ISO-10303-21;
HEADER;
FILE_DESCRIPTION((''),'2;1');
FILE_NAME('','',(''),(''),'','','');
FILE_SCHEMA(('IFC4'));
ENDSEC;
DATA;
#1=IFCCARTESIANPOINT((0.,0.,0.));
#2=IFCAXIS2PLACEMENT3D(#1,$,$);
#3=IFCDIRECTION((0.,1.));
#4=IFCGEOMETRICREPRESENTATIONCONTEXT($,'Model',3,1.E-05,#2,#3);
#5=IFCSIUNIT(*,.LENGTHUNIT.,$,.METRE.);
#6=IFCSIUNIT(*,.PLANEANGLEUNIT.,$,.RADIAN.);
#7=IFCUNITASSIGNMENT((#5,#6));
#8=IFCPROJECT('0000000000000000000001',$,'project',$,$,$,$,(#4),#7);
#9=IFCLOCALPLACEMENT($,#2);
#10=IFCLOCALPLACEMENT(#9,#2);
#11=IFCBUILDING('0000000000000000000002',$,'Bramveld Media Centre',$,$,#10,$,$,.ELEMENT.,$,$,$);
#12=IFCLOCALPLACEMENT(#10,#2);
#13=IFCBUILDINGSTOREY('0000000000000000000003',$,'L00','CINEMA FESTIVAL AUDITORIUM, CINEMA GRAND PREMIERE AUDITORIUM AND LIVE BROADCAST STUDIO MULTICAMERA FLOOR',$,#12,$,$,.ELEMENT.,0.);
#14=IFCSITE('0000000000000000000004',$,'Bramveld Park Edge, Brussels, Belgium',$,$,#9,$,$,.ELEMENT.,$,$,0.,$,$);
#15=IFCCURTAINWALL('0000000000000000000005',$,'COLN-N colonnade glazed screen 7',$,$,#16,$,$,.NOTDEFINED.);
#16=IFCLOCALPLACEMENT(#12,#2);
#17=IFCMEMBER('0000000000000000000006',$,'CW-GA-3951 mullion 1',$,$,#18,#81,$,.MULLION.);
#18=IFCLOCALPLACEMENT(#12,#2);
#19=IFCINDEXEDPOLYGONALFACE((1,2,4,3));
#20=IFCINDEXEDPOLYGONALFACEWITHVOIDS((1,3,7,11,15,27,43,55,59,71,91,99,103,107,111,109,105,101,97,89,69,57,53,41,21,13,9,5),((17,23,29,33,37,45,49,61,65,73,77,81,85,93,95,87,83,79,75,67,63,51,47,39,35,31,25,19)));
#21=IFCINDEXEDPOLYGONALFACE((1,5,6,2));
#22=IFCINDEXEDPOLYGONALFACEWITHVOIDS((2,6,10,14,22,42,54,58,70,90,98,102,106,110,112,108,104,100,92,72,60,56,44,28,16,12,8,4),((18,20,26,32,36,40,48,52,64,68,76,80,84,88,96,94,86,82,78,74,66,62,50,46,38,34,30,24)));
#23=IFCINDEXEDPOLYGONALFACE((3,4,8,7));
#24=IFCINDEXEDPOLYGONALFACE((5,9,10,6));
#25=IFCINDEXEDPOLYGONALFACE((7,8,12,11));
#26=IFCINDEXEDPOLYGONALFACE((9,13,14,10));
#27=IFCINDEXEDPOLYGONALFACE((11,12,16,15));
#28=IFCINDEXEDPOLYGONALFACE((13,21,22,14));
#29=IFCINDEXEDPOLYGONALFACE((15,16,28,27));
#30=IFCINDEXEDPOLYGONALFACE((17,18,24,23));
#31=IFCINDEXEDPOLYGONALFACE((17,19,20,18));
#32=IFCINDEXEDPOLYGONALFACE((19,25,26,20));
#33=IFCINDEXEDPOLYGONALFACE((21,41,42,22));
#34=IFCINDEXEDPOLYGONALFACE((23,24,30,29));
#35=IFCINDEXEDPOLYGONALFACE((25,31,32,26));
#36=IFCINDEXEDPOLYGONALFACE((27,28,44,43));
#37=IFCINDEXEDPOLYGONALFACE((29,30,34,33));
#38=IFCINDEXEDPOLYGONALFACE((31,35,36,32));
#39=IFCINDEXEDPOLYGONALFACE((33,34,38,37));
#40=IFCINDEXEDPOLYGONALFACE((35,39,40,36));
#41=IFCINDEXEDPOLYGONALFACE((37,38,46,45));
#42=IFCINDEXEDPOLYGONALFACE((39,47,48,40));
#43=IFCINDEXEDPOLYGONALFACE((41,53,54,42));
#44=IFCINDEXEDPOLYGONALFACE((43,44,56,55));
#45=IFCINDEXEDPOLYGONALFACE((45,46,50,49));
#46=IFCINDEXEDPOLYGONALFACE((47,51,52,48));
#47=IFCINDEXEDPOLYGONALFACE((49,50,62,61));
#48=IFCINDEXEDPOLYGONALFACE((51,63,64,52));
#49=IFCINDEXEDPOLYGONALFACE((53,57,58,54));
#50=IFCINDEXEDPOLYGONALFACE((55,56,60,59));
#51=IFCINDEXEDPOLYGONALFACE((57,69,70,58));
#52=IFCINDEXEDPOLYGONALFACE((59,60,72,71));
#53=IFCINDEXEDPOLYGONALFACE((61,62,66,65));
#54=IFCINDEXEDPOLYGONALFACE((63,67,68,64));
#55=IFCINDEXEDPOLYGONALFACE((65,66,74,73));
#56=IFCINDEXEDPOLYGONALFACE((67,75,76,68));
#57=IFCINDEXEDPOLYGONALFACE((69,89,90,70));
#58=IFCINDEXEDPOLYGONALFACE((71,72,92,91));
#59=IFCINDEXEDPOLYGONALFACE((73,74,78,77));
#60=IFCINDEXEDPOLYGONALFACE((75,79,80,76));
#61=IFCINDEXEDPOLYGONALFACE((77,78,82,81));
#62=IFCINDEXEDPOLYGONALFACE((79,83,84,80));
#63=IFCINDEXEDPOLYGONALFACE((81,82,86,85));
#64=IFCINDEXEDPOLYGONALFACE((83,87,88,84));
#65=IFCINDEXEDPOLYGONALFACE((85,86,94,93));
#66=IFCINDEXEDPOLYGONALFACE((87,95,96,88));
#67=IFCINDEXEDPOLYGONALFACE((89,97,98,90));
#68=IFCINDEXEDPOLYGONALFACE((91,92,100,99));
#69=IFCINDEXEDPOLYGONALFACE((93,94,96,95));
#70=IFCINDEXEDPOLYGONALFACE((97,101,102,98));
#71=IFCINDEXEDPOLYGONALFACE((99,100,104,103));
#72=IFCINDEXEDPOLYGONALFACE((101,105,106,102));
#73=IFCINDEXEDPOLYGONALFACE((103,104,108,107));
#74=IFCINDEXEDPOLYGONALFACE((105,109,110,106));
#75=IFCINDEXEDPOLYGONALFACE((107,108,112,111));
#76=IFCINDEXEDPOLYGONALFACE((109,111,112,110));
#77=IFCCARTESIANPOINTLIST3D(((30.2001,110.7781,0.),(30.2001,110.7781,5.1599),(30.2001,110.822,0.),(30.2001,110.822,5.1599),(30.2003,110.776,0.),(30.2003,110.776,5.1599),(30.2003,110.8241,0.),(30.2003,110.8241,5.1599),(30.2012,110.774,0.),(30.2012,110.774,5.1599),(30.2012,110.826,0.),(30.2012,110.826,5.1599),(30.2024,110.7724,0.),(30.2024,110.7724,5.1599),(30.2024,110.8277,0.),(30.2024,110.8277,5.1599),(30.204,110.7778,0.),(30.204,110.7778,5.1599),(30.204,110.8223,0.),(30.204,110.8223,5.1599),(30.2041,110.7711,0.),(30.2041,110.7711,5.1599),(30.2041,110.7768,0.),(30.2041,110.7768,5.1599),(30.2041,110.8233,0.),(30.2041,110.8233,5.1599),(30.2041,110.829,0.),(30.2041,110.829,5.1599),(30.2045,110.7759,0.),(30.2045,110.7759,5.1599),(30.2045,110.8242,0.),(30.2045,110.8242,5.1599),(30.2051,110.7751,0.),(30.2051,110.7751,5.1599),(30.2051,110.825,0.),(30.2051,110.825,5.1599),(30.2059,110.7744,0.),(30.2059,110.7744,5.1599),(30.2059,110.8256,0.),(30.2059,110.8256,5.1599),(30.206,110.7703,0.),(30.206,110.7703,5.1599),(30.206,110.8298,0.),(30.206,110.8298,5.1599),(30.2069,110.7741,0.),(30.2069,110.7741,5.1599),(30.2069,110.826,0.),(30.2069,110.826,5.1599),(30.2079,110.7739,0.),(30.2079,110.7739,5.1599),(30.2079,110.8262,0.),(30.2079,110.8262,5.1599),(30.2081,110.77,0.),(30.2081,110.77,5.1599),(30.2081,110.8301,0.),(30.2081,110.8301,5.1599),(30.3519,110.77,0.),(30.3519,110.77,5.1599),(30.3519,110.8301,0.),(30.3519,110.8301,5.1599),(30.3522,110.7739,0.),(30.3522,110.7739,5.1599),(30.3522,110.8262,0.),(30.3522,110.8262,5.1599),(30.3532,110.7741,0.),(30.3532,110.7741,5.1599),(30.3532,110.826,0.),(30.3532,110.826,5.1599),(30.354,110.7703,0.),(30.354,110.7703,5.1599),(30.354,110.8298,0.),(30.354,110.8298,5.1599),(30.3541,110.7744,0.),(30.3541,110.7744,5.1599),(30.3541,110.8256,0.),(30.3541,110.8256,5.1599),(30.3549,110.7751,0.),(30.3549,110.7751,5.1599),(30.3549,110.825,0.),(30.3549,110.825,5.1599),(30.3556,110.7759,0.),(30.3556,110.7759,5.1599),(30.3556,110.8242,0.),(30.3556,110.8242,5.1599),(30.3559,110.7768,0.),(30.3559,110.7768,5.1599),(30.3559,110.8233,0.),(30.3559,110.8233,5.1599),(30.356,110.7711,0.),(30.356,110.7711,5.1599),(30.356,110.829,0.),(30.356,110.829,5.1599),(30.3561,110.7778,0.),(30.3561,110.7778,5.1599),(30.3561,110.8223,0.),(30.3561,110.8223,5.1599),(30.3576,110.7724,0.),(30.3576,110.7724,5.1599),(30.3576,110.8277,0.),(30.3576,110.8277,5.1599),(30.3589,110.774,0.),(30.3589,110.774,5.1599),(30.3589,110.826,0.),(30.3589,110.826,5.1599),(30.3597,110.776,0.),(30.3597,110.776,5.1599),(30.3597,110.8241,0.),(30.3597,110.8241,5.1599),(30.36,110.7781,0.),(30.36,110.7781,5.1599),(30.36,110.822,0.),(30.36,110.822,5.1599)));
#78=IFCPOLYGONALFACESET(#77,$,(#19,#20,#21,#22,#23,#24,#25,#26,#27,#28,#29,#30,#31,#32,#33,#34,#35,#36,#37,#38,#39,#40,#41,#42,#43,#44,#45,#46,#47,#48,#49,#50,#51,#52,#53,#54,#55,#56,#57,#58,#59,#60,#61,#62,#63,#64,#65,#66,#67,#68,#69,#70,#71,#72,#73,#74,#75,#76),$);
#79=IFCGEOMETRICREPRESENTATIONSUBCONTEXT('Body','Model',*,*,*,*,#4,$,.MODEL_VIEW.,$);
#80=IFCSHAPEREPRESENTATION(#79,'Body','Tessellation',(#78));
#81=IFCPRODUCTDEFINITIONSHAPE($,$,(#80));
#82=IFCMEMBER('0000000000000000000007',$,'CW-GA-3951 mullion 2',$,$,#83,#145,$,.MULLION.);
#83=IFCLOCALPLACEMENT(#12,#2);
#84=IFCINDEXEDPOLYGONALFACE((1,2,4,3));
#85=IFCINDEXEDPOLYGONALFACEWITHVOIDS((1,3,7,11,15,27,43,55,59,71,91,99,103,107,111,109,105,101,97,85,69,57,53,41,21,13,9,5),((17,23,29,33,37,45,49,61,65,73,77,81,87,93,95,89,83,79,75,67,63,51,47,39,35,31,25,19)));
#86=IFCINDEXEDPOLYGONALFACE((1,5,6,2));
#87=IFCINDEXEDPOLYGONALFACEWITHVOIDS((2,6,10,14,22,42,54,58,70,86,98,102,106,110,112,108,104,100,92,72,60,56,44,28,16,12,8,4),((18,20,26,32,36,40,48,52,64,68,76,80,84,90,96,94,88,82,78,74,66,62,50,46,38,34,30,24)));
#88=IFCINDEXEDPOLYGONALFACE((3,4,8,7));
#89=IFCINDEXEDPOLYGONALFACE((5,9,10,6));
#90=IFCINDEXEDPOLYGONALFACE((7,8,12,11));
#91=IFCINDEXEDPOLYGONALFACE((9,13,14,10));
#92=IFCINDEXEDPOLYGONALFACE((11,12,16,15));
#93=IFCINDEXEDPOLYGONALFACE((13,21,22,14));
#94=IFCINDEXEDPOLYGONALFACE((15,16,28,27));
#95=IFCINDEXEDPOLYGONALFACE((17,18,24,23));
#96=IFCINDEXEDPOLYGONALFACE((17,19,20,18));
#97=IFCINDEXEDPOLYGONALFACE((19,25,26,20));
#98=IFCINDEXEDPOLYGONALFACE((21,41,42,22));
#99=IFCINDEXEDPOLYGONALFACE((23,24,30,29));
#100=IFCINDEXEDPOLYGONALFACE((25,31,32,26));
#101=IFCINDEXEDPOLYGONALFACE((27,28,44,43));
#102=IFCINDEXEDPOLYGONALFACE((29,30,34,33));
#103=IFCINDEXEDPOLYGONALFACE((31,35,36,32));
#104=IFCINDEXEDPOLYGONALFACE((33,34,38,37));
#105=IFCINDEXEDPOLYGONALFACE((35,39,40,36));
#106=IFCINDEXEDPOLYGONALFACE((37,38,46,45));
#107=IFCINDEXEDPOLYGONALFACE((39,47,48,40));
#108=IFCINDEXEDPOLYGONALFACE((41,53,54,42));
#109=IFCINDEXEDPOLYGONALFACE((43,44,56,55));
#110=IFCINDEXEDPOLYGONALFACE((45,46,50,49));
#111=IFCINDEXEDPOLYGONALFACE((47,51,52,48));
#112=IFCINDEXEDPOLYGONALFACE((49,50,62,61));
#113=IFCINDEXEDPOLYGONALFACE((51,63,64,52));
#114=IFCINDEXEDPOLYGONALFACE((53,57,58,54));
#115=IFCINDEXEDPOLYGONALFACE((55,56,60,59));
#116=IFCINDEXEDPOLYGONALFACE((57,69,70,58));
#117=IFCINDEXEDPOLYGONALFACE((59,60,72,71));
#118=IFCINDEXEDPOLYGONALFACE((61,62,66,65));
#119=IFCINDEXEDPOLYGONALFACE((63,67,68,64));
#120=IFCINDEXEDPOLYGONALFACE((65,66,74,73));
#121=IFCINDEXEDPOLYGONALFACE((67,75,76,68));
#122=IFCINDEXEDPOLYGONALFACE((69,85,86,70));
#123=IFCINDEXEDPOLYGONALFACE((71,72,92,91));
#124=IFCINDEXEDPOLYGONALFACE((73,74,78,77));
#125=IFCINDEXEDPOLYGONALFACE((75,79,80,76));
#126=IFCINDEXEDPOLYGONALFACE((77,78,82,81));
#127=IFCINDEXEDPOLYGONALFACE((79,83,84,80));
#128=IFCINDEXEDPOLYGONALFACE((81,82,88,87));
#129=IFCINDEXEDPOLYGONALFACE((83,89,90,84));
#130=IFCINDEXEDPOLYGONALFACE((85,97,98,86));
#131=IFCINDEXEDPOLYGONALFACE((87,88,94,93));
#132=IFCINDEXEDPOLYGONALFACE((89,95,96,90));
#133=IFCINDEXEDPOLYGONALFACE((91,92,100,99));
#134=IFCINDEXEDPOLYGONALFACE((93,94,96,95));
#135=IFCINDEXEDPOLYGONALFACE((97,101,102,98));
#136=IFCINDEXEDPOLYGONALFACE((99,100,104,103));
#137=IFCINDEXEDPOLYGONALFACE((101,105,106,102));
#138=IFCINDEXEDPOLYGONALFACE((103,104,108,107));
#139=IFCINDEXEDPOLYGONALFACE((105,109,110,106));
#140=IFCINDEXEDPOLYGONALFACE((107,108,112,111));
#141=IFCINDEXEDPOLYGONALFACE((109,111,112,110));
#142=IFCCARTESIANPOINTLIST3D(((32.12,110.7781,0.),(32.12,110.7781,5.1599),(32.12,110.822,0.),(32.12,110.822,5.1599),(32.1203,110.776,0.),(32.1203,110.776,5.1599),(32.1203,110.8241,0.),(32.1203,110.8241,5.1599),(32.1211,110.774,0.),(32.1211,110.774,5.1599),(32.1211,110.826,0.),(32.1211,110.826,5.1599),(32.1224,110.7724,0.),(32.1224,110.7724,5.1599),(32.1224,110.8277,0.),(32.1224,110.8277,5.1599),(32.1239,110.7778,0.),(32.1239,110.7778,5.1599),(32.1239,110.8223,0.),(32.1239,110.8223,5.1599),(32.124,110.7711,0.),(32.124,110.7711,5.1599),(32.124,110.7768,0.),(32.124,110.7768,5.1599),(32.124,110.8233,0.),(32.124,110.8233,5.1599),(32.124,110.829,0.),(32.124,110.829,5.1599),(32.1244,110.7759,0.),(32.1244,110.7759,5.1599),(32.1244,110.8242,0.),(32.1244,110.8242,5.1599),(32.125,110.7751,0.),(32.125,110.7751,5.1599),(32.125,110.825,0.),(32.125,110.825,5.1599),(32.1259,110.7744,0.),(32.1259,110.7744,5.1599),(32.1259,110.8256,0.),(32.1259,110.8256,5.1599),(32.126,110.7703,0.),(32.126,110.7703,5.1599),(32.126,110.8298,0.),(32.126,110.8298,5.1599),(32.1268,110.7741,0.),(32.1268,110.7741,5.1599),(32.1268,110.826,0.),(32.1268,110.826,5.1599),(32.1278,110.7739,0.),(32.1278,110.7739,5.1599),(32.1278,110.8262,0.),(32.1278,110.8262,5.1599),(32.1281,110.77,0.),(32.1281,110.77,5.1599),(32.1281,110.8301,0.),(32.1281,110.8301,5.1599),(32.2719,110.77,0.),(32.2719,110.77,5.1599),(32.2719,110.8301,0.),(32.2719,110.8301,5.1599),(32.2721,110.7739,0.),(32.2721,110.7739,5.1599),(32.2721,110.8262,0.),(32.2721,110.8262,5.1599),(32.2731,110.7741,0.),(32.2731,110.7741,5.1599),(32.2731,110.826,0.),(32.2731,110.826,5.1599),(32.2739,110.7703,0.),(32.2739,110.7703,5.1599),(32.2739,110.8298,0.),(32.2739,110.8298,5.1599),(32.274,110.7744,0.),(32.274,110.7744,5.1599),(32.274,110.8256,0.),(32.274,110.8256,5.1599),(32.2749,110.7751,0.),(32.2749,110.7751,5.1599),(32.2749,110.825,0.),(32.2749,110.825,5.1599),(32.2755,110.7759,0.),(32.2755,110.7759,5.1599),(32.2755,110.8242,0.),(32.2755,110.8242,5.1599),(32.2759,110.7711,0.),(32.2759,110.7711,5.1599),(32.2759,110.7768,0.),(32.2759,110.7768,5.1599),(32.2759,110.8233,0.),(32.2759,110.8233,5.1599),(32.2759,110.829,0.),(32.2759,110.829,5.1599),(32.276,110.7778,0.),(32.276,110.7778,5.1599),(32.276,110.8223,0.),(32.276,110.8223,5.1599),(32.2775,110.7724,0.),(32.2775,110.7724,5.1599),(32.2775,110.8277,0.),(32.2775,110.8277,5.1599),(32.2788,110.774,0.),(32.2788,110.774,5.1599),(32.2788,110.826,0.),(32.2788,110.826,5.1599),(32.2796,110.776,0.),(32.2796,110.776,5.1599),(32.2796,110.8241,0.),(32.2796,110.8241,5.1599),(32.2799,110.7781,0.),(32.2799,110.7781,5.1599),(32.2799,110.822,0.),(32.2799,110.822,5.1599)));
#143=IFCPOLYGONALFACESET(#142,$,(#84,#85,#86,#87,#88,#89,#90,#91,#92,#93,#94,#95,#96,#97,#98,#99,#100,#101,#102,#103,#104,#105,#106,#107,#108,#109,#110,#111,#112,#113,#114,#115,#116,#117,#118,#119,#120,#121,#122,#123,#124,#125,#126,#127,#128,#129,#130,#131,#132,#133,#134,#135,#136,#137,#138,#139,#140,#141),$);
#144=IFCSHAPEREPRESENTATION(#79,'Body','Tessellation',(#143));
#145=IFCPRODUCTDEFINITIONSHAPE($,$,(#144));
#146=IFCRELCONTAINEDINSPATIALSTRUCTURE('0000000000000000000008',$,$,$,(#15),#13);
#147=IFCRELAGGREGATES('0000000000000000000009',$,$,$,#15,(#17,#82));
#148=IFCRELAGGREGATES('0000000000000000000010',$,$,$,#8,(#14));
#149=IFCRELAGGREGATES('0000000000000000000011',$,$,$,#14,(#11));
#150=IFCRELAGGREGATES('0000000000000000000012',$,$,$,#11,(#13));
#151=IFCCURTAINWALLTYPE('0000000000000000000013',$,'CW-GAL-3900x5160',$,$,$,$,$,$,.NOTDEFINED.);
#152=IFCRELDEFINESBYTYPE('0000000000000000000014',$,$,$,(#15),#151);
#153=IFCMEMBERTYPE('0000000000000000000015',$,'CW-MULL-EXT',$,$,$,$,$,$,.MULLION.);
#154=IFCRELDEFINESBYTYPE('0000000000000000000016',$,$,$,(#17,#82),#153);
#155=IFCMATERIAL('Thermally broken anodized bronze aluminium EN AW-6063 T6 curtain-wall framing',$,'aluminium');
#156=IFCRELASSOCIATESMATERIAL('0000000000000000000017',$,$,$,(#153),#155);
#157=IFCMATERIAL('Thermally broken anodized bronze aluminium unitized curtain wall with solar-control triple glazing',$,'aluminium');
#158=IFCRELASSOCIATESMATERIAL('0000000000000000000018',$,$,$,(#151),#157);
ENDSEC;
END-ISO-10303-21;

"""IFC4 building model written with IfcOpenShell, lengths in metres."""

from ifc_helpers import new_model, si_unit, direction, frame, origin, origin_2d, place, context, subcontext, project, spatial, hollow_rectangle, extrude, material, material_profile, profile_set, type_object, element, aggregate, save


model = new_model("IFC4")

# Units and contexts
model_context = context("Model", 3, precision=1e-05, world=origin(), true_north=direction((0.0, 1.0)))
body_context = subcontext(model_context, "Body", "Model", "MODEL_VIEW")
ifc_project = project(units=[si_unit("LENGTHUNIT", "METRE"), si_unit("PLANEANGLEUNIT", "RADIAN")], contexts=[model_context])

# Site, building, storey
site_placement = place(None, origin())
site = spatial("IfcSite", under=ifc_project, at=site_placement, Name="Bramveld Park Edge, Brussels, Belgium", CompositionType="ELEMENT", RefElevation=0.0)
building_placement = place(site_placement, origin())
building = spatial("IfcBuilding", under=site, at=building_placement, Name="Bramveld Media Centre", CompositionType="ELEMENT")
storey_placement = place(building_placement, origin())
storey = spatial("IfcBuildingStorey", under=building, at=storey_placement, Name="L00", Description="CINEMA FESTIVAL AUDITORIUM, CINEMA GRAND PREMIERE AUDITORIUM AND LIVE BROADCAST STUDIO MULTICAMERA FLOOR", CompositionType="ELEMENT", Elevation=0.0)

# Shared definitions
ifc_material_1 = material(Name="Thermally broken anodized bronze aluminium EN AW-6063 T6 curtain-wall framing", Category="aluminium")
ifc_material_profile_1 = material_profile(ifc_material_1, hollow_rectangle(XDim=0.0601, YDim=0.1599, WallThickness=0.0039, InnerFilletRadius=0.0039, OuterFilletRadius=0.0081, at=origin_2d()), Name="AL-MULL 60x160")
ifc_profile_set_1 = profile_set([ifc_material_profile_1], Name="Thermally broken anodized bronze aluminium EN AW-6063 T6 curtain-wall framing")
member_type_1 = type_object("IfcMemberType", Name="CW-MULL-EXT", PredefinedType="MULLION", material=ifc_profile_set_1)

# Curtain wall, members
ifc_material_2 = material(Name="Thermally broken anodized bronze aluminium unitized curtain wall with solar-control triple glazing", Category="aluminium")
curtain_wall_type_1 = type_object("IfcCurtainWallType", Name="CW-GAL-3900x5160", PredefinedType="NOTDEFINED", material=ifc_material_2)
curtain_wall_1_placement = place(storey_placement, origin())
curtain_wall_1 = element("IfcCurtainWall", 1, at=curtain_wall_1_placement, inside=storey, type_object=curtain_wall_type_1, Name="COLN-N colonnade glazed screen 7", PredefinedType="NOTDEFINED")
member_1_placement = place(storey_placement, frame((30.28, 110.8, 0.0), z_axis=(0.0, 0.0, 1.0), x_axis=(0.0, 1.0, 0.0)))
member_1 = element("IfcMember", 2, at=member_1_placement, type_object=member_type_1, Name="CW-GA-3951 mullion 1", PredefinedType="MULLION", context=body_context, shape_type="SweptSolid", body=[
    extrude(hollow_rectangle(XDim=0.0601, YDim=0.1599, WallThickness=0.0039, InnerFilletRadius=0.0039, OuterFilletRadius=0.0081, at=origin_2d()), origin(), (0.0, 0.0, 1.0), 5.1599),
])
member_2_placement = place(storey_placement, frame((32.2, 110.8, 0.0), z_axis=(0.0, 0.0, 1.0), x_axis=(0.0, 1.0, 0.0)))
member_2 = element("IfcMember", 3, at=member_2_placement, type_object=member_type_1, Name="CW-GA-3951 mullion 2", PredefinedType="MULLION", context=body_context, shape_type="SweptSolid", body=[
    extrude(hollow_rectangle(XDim=0.0601, YDim=0.1599, WallThickness=0.0039, InnerFilletRadius=0.0039, OuterFilletRadius=0.0081, at=origin_2d()), origin(), (0.0, 0.0, 1.0), 5.1599),
])

aggregate(curtain_wall_1, [member_1, member_2])

save(model, "model.ifc")
